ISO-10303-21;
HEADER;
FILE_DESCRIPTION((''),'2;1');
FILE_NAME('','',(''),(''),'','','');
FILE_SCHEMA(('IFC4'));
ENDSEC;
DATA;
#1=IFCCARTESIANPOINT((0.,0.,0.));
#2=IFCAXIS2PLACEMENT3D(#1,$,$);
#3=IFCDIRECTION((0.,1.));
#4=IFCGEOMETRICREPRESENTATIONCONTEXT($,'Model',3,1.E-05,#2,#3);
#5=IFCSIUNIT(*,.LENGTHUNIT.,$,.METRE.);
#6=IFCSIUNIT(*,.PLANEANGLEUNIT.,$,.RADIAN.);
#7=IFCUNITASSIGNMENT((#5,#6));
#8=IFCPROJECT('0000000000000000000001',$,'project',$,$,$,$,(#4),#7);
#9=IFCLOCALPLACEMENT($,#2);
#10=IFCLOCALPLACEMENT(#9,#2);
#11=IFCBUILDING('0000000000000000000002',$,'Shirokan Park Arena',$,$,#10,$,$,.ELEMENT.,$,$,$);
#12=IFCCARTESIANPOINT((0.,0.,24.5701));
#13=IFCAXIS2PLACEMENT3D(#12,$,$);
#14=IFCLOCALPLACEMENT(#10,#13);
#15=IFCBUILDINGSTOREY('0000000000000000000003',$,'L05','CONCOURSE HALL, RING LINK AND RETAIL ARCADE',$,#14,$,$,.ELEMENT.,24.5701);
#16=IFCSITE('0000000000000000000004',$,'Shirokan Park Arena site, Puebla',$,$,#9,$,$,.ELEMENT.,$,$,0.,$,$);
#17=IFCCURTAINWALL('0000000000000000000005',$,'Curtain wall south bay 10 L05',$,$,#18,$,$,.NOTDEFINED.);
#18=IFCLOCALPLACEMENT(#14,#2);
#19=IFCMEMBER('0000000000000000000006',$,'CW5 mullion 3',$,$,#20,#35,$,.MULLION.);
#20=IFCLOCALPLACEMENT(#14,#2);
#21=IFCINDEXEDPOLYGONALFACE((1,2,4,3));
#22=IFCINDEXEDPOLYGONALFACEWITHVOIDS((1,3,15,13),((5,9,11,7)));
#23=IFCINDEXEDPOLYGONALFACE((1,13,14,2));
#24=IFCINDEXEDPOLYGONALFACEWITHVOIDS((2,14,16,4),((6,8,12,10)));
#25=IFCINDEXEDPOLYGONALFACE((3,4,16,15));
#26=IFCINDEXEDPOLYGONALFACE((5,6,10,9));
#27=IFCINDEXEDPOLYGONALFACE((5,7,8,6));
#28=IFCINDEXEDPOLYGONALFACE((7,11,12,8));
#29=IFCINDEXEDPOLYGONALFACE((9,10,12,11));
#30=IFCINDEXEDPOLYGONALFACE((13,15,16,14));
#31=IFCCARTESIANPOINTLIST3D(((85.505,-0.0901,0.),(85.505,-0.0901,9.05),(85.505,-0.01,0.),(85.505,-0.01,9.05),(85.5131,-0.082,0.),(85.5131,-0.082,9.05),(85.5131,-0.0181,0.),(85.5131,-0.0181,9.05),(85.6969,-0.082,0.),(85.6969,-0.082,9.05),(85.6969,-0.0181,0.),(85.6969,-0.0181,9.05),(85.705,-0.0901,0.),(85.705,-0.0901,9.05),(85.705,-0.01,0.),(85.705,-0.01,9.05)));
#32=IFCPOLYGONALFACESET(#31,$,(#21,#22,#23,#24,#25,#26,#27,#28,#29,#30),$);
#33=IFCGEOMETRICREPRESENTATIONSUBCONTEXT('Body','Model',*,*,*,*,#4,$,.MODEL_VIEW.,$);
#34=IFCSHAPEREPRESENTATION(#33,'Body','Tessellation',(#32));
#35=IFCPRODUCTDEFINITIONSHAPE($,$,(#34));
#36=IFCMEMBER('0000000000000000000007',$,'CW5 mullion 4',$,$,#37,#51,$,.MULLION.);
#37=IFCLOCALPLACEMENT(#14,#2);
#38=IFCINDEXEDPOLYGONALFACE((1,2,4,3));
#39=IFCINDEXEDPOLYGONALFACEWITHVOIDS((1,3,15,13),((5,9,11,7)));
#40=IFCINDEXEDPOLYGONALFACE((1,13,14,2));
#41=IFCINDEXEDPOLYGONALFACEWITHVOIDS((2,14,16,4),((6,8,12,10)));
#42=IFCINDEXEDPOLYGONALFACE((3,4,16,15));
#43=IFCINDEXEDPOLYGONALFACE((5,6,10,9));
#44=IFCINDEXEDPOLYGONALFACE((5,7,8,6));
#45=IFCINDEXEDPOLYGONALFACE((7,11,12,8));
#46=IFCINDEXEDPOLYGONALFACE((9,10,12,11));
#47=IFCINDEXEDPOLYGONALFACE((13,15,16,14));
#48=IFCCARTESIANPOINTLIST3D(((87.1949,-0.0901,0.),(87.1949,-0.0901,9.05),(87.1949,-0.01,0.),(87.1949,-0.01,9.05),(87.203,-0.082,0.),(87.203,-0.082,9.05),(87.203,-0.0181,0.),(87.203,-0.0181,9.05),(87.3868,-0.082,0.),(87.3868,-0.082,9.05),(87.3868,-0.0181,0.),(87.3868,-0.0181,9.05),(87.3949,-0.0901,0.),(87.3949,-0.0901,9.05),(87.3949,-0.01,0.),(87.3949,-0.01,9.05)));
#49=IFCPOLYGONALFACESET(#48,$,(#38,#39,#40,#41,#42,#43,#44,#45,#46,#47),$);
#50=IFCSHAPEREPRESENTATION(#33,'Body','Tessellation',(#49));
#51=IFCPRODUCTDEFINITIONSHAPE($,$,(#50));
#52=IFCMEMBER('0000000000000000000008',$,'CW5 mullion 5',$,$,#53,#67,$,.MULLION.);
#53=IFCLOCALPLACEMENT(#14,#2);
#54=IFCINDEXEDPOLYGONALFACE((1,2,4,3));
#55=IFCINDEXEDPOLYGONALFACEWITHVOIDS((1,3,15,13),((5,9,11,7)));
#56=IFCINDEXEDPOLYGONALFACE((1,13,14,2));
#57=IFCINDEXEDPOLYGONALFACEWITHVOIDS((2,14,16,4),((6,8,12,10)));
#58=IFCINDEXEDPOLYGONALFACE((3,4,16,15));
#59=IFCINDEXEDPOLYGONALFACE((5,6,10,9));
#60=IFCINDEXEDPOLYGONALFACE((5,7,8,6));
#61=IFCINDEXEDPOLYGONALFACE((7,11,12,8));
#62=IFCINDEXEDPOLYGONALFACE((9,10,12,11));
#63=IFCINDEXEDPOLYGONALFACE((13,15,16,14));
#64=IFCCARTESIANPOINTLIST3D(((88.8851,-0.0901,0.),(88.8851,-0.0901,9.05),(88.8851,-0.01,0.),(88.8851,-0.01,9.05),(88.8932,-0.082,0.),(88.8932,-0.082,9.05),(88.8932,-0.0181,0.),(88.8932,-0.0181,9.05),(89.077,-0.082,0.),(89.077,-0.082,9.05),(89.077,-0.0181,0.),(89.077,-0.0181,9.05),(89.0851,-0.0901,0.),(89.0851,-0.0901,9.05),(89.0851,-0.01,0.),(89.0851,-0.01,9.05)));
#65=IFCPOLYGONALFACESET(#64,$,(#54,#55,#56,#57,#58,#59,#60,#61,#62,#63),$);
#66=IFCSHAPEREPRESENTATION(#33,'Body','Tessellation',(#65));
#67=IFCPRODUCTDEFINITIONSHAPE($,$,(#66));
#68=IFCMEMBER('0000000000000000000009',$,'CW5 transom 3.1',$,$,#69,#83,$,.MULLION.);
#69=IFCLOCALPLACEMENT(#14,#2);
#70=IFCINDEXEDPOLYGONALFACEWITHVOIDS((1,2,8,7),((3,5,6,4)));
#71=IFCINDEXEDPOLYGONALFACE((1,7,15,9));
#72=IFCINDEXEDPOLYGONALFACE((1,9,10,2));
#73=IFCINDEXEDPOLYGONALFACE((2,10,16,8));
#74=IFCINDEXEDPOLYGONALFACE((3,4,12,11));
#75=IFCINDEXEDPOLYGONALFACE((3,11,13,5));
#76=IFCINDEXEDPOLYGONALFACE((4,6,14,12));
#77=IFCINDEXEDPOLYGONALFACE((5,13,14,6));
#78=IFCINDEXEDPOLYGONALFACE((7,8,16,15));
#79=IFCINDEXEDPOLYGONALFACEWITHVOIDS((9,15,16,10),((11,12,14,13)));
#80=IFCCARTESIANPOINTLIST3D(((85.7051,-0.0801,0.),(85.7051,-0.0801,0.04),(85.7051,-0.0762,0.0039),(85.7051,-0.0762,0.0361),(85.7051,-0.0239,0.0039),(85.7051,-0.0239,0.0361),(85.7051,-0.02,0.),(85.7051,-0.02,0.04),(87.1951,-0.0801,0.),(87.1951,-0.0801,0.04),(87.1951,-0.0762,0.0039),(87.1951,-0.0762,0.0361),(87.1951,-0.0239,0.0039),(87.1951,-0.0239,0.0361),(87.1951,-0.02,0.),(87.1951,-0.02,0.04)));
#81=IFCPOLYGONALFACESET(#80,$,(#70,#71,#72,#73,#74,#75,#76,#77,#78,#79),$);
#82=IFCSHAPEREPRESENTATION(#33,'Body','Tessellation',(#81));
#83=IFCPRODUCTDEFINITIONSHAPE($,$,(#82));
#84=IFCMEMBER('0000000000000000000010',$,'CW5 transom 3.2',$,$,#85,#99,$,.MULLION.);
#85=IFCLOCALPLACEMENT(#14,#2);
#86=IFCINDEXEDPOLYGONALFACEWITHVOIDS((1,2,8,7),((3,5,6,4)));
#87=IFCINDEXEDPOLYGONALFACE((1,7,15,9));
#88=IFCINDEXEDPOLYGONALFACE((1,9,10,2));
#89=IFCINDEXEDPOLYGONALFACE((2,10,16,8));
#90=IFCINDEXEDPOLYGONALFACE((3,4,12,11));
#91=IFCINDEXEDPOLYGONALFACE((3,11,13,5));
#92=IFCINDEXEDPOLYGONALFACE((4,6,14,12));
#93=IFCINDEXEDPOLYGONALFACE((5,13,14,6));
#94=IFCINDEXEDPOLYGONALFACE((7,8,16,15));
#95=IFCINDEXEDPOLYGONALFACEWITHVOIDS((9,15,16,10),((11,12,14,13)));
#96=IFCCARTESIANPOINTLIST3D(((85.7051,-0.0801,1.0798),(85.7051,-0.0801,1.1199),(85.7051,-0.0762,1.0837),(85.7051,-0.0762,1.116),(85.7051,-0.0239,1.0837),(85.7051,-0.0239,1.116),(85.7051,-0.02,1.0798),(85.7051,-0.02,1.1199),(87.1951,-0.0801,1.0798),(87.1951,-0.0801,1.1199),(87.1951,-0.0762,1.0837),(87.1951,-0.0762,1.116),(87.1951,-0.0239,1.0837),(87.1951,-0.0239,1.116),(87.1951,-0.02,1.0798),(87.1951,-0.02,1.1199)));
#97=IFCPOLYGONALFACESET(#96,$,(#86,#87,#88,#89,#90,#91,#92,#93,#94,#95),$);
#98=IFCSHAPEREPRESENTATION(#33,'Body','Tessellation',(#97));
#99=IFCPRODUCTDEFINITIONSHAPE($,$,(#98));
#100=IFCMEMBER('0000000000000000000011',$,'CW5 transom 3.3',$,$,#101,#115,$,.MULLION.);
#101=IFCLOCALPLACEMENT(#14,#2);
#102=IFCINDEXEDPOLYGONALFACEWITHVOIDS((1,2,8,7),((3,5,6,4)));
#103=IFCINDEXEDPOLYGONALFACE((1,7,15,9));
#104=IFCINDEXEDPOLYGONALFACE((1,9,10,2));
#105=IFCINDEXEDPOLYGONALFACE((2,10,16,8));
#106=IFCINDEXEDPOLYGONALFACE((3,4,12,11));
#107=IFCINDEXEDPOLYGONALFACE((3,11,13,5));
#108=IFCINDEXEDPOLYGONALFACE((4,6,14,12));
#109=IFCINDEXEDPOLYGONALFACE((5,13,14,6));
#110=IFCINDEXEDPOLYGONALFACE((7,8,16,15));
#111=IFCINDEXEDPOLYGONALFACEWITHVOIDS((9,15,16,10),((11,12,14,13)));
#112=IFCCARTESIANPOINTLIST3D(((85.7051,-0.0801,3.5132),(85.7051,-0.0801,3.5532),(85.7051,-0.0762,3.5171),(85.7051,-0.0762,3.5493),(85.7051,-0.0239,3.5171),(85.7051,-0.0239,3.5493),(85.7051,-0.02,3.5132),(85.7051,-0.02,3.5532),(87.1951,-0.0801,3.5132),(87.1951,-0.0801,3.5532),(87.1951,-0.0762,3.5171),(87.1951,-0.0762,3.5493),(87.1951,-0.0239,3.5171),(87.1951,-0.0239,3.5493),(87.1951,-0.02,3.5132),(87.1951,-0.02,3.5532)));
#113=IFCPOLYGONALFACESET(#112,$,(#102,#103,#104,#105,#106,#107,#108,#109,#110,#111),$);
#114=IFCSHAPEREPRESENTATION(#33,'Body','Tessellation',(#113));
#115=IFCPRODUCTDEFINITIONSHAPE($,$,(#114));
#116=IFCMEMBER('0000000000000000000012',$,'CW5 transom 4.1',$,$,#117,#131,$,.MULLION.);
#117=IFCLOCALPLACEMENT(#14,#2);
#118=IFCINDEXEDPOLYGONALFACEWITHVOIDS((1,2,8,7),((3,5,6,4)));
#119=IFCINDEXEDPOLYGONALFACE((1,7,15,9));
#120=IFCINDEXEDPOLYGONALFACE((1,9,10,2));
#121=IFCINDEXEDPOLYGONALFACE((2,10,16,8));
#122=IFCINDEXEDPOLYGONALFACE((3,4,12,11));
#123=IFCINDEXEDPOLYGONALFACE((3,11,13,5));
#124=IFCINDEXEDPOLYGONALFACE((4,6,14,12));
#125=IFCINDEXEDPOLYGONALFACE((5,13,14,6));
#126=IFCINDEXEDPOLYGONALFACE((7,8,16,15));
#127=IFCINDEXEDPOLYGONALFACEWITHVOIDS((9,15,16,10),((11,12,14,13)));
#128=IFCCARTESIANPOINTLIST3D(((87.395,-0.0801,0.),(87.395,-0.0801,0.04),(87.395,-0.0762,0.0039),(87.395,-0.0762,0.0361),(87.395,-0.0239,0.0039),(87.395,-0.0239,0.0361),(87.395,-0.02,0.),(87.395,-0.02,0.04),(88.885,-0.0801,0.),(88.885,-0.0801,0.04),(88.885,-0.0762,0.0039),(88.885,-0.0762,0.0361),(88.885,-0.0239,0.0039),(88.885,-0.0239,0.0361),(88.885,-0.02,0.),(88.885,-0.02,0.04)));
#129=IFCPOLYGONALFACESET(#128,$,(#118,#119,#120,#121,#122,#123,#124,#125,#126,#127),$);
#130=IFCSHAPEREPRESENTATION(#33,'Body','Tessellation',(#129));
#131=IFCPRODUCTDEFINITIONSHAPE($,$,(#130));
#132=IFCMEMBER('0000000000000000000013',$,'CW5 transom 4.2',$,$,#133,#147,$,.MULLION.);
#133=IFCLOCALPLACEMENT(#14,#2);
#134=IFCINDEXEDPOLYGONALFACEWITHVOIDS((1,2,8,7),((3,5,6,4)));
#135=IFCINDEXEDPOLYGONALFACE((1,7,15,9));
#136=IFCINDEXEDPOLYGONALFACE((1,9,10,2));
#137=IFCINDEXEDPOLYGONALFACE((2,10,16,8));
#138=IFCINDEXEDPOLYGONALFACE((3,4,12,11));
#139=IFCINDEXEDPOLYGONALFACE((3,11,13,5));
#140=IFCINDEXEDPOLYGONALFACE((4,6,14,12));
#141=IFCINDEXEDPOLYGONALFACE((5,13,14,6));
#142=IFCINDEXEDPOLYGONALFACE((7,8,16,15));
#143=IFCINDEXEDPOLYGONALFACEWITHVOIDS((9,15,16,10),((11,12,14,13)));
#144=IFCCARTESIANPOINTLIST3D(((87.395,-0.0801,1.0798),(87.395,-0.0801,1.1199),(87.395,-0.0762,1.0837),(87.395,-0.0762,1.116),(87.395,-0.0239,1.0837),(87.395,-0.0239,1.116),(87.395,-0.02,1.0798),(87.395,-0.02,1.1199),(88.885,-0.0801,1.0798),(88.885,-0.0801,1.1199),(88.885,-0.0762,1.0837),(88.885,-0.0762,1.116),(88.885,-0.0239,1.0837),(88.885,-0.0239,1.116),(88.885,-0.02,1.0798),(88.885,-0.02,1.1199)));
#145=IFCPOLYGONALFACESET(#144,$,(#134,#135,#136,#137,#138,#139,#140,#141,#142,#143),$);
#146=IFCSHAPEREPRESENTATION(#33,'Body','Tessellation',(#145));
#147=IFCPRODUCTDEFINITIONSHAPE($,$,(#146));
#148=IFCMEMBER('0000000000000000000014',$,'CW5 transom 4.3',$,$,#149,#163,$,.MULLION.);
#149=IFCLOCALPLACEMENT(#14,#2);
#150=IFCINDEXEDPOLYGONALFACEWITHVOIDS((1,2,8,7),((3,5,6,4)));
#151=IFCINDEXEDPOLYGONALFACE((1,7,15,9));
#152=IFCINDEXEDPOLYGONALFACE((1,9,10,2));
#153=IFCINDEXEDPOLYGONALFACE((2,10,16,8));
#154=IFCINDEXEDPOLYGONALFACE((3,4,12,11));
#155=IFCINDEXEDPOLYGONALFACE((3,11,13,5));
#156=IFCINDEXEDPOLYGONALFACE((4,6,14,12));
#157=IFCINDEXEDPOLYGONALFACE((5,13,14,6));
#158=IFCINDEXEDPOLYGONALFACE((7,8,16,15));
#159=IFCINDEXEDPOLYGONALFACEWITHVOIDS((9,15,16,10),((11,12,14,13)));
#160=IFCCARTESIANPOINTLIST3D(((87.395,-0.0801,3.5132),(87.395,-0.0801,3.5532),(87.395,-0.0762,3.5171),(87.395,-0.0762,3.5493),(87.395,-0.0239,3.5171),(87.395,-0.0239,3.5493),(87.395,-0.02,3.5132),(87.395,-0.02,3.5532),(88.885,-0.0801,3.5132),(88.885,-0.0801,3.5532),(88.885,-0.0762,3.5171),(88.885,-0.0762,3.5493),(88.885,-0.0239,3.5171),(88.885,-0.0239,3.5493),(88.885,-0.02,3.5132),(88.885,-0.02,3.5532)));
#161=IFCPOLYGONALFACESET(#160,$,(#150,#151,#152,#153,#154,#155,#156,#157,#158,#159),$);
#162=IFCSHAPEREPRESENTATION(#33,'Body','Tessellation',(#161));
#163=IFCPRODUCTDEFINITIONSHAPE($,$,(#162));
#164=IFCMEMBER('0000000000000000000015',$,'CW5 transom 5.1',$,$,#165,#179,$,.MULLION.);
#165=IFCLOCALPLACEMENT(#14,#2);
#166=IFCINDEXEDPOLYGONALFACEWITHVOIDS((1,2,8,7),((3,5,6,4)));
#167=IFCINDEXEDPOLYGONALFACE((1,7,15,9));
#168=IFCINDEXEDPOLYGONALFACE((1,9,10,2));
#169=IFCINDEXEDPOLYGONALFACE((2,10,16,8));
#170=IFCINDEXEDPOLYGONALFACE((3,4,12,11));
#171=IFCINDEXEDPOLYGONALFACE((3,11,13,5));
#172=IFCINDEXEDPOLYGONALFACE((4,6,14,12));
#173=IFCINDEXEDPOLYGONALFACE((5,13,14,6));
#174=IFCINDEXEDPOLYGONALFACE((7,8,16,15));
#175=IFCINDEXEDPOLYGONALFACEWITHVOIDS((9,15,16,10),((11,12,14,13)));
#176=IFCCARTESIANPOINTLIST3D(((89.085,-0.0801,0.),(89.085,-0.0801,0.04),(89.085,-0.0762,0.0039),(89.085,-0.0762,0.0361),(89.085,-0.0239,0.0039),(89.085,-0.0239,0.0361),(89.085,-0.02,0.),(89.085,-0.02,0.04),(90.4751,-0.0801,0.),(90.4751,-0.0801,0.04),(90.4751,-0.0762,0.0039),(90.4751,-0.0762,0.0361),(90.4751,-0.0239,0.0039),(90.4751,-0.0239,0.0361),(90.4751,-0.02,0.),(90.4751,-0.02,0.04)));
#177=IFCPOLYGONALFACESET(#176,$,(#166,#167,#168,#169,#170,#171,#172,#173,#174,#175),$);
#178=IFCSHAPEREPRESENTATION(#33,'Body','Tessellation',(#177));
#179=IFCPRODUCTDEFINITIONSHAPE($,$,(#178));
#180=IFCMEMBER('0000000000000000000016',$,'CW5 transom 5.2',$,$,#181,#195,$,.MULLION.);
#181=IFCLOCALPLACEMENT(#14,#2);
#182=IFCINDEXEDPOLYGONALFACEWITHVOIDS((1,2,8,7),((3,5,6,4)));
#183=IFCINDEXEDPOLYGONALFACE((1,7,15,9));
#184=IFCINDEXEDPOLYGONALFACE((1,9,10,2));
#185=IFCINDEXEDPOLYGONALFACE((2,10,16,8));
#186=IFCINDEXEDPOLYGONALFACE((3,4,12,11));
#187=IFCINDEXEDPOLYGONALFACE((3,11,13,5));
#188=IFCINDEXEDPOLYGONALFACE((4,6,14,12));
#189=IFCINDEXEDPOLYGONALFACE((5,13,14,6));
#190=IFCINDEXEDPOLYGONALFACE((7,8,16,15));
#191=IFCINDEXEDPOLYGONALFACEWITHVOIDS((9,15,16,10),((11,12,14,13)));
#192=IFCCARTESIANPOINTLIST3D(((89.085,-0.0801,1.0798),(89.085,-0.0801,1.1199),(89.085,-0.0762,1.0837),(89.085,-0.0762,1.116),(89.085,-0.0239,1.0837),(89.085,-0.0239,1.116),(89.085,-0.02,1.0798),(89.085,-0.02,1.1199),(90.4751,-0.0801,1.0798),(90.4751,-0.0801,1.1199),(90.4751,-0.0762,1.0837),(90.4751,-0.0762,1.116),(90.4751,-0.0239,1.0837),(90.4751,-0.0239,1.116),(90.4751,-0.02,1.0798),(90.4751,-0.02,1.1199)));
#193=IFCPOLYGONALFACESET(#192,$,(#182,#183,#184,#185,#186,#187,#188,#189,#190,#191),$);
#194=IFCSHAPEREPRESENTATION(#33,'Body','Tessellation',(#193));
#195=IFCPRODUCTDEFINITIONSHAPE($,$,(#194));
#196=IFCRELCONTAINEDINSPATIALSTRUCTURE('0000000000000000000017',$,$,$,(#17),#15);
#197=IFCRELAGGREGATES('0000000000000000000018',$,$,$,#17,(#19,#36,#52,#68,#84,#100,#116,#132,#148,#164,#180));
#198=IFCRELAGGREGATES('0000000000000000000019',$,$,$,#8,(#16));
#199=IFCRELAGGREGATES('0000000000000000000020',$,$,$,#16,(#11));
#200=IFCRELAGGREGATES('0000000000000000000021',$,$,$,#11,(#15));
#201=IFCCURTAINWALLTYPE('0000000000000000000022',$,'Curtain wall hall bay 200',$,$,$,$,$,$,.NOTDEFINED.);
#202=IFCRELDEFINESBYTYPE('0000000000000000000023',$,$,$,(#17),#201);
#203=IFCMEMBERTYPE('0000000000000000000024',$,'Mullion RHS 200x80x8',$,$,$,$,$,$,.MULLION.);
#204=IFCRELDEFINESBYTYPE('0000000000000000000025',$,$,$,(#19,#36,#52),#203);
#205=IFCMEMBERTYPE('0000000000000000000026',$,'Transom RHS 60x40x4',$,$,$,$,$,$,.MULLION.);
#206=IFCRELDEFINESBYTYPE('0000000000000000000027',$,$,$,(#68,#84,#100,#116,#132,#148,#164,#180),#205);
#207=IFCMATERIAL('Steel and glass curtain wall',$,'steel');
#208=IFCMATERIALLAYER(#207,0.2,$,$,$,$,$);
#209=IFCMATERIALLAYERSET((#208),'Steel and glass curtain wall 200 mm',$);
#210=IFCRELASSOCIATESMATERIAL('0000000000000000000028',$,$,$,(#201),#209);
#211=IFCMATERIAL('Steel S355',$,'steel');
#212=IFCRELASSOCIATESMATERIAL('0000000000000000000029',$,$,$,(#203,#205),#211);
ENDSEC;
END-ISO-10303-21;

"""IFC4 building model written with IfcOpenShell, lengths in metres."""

from ifc_helpers import new_model, si_unit, direction, frame, origin, origin_2d, place, context, subcontext, project, spatial, hollow_rectangle, extrude, material, layer, layer_set, material_profile, profile_set, type_object, element, aggregate, save


model = new_model("IFC4")

# Units and contexts
model_context = context("Model", 3, precision=1e-05, world=origin(), true_north=direction((0.0, 1.0)))
body_context = subcontext(model_context, "Body", "Model", "MODEL_VIEW")
ifc_project = project(units=[si_unit("LENGTHUNIT", "METRE"), si_unit("PLANEANGLEUNIT", "RADIAN")], contexts=[model_context])

# Site, building, storey
site_placement = place(None, origin())
site = spatial("IfcSite", under=ifc_project, at=site_placement, Name="Shirokan Park Arena site, Puebla", CompositionType="ELEMENT", RefElevation=0.0)
building_placement = place(site_placement, origin())
building = spatial("IfcBuilding", under=site, at=building_placement, Name="Shirokan Park Arena", CompositionType="ELEMENT")
storey_placement = place(building_placement, frame((0.0, 0.0, 24.5701)))
storey = spatial("IfcBuildingStorey", under=building, at=storey_placement, Name="L05", Description="CONCOURSE HALL, RING LINK AND RETAIL ARCADE", CompositionType="ELEMENT", Elevation=24.5701)

# Curtain wall, members
ifc_material_1 = material(Name="Steel and glass curtain wall", Category="steel")
ifc_layer_1 = layer(ifc_material_1, 0.2)
ifc_layer_set_1 = layer_set([ifc_layer_1], Name="Steel and glass curtain wall 200 mm")
curtain_wall_type = type_object("IfcCurtainWallType", Name="Curtain wall hall bay 200", PredefinedType="NOTDEFINED", material=ifc_layer_set_1)
curtain_wall_placement = place(storey_placement, origin())
curtain_wall = element("IfcCurtainWall", 1, at=curtain_wall_placement, inside=storey, type_object=curtain_wall_type, Name="Curtain wall south bay 10 L05", PredefinedType="NOTDEFINED")
ifc_material_2 = material(Name="Steel S355", Category="steel")
ifc_material_profile_1 = material_profile(ifc_material_2, hollow_rectangle(XDim=0.0801, YDim=0.2, WallThickness=0.0081, at=origin_2d()), Name="RHS 200x80x8")
ifc_profile_set_1 = profile_set([ifc_material_profile_1], Name="Steel S355")
member_type_1 = type_object("IfcMemberType", Name="Mullion RHS 200x80x8", PredefinedType="MULLION", material=ifc_profile_set_1)
member_1_placement = place(storey_placement, frame((85.605, -0.05, 0.0), z_axis=(0.0, 0.0, 1.0), x_axis=(0.0, 1.0, 0.0)))
member_1 = element("IfcMember", 2, at=member_1_placement, type_object=member_type_1, Name="CW5 mullion 3", PredefinedType="MULLION", context=body_context, shape_type="SweptSolid", body=[
    extrude(hollow_rectangle(XDim=0.0801, YDim=0.2, WallThickness=0.0081, at=origin_2d()), origin(), (0.0, 0.0, 1.0), 9.05),
])
member_2_placement = place(storey_placement, frame((87.2949, -0.05, 0.0), z_axis=(0.0, 0.0, 1.0), x_axis=(0.0, 1.0, 0.0)))
member_2 = element("IfcMember", 3, at=member_2_placement, type_object=member_type_1, Name="CW5 mullion 4", PredefinedType="MULLION", context=body_context, shape_type="SweptSolid", body=[
    extrude(hollow_rectangle(XDim=0.0801, YDim=0.2, WallThickness=0.0081, at=origin_2d()), origin(), (0.0, 0.0, 1.0), 9.05),
])
member_3_placement = place(storey_placement, frame((88.9851, -0.05, 0.0), z_axis=(0.0, 0.0, 1.0), x_axis=(0.0, 1.0, 0.0)))
member_3 = element("IfcMember", 4, at=member_3_placement, type_object=member_type_1, Name="CW5 mullion 5", PredefinedType="MULLION", context=body_context, shape_type="SweptSolid", body=[
    extrude(hollow_rectangle(XDim=0.0801, YDim=0.2, WallThickness=0.0081, at=origin_2d()), origin(), (0.0, 0.0, 1.0), 9.05),
])
ifc_material_profile_2 = material_profile(ifc_material_2, hollow_rectangle(XDim=0.0601, YDim=0.04, WallThickness=0.0039, at=origin_2d()), Name="RHS 60x40x4")
ifc_profile_set_2 = profile_set([ifc_material_profile_2], Name="Steel S355")
member_type_2 = type_object("IfcMemberType", Name="Transom RHS 60x40x4", PredefinedType="MULLION", material=ifc_profile_set_2)
member_4_placement = place(storey_placement, frame((85.7051, -0.05, 0.02), z_axis=(1.0, 0.0, 0.0), x_axis=(0.0, 1.0, 0.0)))
member_4 = element("IfcMember", 5, at=member_4_placement, type_object=member_type_2, Name="CW5 transom 3.1", PredefinedType="MULLION", context=body_context, shape_type="SweptSolid", body=[
    extrude(hollow_rectangle(XDim=0.0601, YDim=0.04, WallThickness=0.0039, at=origin_2d()), origin(), (0.0, 0.0, 1.0), 1.49),
])
member_5_placement = place(storey_placement, frame((85.7051, -0.05, 1.0999), z_axis=(1.0, 0.0, 0.0), x_axis=(0.0, 1.0, 0.0)))
member_5 = element("IfcMember", 6, at=member_5_placement, type_object=member_type_2, Name="CW5 transom 3.2", PredefinedType="MULLION", context=body_context, shape_type="SweptSolid", body=[
    extrude(hollow_rectangle(XDim=0.0601, YDim=0.04, WallThickness=0.0039, at=origin_2d()), origin(), (0.0, 0.0, 1.0), 1.49),
])
member_6_placement = place(storey_placement, frame((85.7051, -0.05, 3.5332), z_axis=(1.0, 0.0, 0.0), x_axis=(0.0, 1.0, 0.0)))
member_6 = element("IfcMember", 7, at=member_6_placement, type_object=member_type_2, Name="CW5 transom 3.3", PredefinedType="MULLION", context=body_context, shape_type="SweptSolid", body=[
    extrude(hollow_rectangle(XDim=0.0601, YDim=0.04, WallThickness=0.0039, at=origin_2d()), origin(), (0.0, 0.0, 1.0), 1.49),
])
member_7_placement = place(storey_placement, frame((87.395, -0.05, 0.02), z_axis=(1.0, 0.0, 0.0), x_axis=(0.0, 1.0, 0.0)))
member_7 = element("IfcMember", 8, at=member_7_placement, type_object=member_type_2, Name="CW5 transom 4.1", PredefinedType="MULLION", context=body_context, shape_type="SweptSolid", body=[
    extrude(hollow_rectangle(XDim=0.0601, YDim=0.04, WallThickness=0.0039, at=origin_2d()), origin(), (0.0, 0.0, 1.0), 1.49),
])
member_8_placement = place(storey_placement, frame((87.395, -0.05, 1.0999), z_axis=(1.0, 0.0, 0.0), x_axis=(0.0, 1.0, 0.0)))
member_8 = element("IfcMember", 9, at=member_8_placement, type_object=member_type_2, Name="CW5 transom 4.2", PredefinedType="MULLION", context=body_context, shape_type="SweptSolid", body=[
    extrude(hollow_rectangle(XDim=0.0601, YDim=0.04, WallThickness=0.0039, at=origin_2d()), origin(), (0.0, 0.0, 1.0), 1.49),
])
member_9_placement = place(storey_placement, frame((87.395, -0.05, 3.5332), z_axis=(1.0, 0.0, 0.0), x_axis=(0.0, 1.0, 0.0)))
member_9 = element("IfcMember", 10, at=member_9_placement, type_object=member_type_2, Name="CW5 transom 4.3", PredefinedType="MULLION", context=body_context, shape_type="SweptSolid", body=[
    extrude(hollow_rectangle(XDim=0.0601, YDim=0.04, WallThickness=0.0039, at=origin_2d()), origin(), (0.0, 0.0, 1.0), 1.49),
])
member_10_placement = place(storey_placement, frame((89.085, -0.05, 0.02), z_axis=(1.0, 0.0, 0.0), x_axis=(0.0, 1.0, 0.0)))
member_10 = element("IfcMember", 11, at=member_10_placement, type_object=member_type_2, Name="CW5 transom 5.1", PredefinedType="MULLION", context=body_context, shape_type="SweptSolid", body=[
    extrude(hollow_rectangle(XDim=0.0601, YDim=0.04, WallThickness=0.0039, at=origin_2d()), origin(), (0.0, 0.0, 1.0), 1.3901),
])
member_11_placement = place(storey_placement, frame((89.085, -0.05, 1.0999), z_axis=(1.0, 0.0, 0.0), x_axis=(0.0, 1.0, 0.0)))
member_11 = element("IfcMember", 12, at=member_11_placement, type_object=member_type_2, Name="CW5 transom 5.2", PredefinedType="MULLION", context=body_context, shape_type="SweptSolid", body=[
    extrude(hollow_rectangle(XDim=0.0601, YDim=0.04, WallThickness=0.0039, at=origin_2d()), origin(), (0.0, 0.0, 1.0), 1.3901),
])
aggregate(curtain_wall, [member_1, member_2, member_3, member_4, member_5, member_6, member_7, member_8, member_9, member_10, member_11])

save(model, "model.ifc")
